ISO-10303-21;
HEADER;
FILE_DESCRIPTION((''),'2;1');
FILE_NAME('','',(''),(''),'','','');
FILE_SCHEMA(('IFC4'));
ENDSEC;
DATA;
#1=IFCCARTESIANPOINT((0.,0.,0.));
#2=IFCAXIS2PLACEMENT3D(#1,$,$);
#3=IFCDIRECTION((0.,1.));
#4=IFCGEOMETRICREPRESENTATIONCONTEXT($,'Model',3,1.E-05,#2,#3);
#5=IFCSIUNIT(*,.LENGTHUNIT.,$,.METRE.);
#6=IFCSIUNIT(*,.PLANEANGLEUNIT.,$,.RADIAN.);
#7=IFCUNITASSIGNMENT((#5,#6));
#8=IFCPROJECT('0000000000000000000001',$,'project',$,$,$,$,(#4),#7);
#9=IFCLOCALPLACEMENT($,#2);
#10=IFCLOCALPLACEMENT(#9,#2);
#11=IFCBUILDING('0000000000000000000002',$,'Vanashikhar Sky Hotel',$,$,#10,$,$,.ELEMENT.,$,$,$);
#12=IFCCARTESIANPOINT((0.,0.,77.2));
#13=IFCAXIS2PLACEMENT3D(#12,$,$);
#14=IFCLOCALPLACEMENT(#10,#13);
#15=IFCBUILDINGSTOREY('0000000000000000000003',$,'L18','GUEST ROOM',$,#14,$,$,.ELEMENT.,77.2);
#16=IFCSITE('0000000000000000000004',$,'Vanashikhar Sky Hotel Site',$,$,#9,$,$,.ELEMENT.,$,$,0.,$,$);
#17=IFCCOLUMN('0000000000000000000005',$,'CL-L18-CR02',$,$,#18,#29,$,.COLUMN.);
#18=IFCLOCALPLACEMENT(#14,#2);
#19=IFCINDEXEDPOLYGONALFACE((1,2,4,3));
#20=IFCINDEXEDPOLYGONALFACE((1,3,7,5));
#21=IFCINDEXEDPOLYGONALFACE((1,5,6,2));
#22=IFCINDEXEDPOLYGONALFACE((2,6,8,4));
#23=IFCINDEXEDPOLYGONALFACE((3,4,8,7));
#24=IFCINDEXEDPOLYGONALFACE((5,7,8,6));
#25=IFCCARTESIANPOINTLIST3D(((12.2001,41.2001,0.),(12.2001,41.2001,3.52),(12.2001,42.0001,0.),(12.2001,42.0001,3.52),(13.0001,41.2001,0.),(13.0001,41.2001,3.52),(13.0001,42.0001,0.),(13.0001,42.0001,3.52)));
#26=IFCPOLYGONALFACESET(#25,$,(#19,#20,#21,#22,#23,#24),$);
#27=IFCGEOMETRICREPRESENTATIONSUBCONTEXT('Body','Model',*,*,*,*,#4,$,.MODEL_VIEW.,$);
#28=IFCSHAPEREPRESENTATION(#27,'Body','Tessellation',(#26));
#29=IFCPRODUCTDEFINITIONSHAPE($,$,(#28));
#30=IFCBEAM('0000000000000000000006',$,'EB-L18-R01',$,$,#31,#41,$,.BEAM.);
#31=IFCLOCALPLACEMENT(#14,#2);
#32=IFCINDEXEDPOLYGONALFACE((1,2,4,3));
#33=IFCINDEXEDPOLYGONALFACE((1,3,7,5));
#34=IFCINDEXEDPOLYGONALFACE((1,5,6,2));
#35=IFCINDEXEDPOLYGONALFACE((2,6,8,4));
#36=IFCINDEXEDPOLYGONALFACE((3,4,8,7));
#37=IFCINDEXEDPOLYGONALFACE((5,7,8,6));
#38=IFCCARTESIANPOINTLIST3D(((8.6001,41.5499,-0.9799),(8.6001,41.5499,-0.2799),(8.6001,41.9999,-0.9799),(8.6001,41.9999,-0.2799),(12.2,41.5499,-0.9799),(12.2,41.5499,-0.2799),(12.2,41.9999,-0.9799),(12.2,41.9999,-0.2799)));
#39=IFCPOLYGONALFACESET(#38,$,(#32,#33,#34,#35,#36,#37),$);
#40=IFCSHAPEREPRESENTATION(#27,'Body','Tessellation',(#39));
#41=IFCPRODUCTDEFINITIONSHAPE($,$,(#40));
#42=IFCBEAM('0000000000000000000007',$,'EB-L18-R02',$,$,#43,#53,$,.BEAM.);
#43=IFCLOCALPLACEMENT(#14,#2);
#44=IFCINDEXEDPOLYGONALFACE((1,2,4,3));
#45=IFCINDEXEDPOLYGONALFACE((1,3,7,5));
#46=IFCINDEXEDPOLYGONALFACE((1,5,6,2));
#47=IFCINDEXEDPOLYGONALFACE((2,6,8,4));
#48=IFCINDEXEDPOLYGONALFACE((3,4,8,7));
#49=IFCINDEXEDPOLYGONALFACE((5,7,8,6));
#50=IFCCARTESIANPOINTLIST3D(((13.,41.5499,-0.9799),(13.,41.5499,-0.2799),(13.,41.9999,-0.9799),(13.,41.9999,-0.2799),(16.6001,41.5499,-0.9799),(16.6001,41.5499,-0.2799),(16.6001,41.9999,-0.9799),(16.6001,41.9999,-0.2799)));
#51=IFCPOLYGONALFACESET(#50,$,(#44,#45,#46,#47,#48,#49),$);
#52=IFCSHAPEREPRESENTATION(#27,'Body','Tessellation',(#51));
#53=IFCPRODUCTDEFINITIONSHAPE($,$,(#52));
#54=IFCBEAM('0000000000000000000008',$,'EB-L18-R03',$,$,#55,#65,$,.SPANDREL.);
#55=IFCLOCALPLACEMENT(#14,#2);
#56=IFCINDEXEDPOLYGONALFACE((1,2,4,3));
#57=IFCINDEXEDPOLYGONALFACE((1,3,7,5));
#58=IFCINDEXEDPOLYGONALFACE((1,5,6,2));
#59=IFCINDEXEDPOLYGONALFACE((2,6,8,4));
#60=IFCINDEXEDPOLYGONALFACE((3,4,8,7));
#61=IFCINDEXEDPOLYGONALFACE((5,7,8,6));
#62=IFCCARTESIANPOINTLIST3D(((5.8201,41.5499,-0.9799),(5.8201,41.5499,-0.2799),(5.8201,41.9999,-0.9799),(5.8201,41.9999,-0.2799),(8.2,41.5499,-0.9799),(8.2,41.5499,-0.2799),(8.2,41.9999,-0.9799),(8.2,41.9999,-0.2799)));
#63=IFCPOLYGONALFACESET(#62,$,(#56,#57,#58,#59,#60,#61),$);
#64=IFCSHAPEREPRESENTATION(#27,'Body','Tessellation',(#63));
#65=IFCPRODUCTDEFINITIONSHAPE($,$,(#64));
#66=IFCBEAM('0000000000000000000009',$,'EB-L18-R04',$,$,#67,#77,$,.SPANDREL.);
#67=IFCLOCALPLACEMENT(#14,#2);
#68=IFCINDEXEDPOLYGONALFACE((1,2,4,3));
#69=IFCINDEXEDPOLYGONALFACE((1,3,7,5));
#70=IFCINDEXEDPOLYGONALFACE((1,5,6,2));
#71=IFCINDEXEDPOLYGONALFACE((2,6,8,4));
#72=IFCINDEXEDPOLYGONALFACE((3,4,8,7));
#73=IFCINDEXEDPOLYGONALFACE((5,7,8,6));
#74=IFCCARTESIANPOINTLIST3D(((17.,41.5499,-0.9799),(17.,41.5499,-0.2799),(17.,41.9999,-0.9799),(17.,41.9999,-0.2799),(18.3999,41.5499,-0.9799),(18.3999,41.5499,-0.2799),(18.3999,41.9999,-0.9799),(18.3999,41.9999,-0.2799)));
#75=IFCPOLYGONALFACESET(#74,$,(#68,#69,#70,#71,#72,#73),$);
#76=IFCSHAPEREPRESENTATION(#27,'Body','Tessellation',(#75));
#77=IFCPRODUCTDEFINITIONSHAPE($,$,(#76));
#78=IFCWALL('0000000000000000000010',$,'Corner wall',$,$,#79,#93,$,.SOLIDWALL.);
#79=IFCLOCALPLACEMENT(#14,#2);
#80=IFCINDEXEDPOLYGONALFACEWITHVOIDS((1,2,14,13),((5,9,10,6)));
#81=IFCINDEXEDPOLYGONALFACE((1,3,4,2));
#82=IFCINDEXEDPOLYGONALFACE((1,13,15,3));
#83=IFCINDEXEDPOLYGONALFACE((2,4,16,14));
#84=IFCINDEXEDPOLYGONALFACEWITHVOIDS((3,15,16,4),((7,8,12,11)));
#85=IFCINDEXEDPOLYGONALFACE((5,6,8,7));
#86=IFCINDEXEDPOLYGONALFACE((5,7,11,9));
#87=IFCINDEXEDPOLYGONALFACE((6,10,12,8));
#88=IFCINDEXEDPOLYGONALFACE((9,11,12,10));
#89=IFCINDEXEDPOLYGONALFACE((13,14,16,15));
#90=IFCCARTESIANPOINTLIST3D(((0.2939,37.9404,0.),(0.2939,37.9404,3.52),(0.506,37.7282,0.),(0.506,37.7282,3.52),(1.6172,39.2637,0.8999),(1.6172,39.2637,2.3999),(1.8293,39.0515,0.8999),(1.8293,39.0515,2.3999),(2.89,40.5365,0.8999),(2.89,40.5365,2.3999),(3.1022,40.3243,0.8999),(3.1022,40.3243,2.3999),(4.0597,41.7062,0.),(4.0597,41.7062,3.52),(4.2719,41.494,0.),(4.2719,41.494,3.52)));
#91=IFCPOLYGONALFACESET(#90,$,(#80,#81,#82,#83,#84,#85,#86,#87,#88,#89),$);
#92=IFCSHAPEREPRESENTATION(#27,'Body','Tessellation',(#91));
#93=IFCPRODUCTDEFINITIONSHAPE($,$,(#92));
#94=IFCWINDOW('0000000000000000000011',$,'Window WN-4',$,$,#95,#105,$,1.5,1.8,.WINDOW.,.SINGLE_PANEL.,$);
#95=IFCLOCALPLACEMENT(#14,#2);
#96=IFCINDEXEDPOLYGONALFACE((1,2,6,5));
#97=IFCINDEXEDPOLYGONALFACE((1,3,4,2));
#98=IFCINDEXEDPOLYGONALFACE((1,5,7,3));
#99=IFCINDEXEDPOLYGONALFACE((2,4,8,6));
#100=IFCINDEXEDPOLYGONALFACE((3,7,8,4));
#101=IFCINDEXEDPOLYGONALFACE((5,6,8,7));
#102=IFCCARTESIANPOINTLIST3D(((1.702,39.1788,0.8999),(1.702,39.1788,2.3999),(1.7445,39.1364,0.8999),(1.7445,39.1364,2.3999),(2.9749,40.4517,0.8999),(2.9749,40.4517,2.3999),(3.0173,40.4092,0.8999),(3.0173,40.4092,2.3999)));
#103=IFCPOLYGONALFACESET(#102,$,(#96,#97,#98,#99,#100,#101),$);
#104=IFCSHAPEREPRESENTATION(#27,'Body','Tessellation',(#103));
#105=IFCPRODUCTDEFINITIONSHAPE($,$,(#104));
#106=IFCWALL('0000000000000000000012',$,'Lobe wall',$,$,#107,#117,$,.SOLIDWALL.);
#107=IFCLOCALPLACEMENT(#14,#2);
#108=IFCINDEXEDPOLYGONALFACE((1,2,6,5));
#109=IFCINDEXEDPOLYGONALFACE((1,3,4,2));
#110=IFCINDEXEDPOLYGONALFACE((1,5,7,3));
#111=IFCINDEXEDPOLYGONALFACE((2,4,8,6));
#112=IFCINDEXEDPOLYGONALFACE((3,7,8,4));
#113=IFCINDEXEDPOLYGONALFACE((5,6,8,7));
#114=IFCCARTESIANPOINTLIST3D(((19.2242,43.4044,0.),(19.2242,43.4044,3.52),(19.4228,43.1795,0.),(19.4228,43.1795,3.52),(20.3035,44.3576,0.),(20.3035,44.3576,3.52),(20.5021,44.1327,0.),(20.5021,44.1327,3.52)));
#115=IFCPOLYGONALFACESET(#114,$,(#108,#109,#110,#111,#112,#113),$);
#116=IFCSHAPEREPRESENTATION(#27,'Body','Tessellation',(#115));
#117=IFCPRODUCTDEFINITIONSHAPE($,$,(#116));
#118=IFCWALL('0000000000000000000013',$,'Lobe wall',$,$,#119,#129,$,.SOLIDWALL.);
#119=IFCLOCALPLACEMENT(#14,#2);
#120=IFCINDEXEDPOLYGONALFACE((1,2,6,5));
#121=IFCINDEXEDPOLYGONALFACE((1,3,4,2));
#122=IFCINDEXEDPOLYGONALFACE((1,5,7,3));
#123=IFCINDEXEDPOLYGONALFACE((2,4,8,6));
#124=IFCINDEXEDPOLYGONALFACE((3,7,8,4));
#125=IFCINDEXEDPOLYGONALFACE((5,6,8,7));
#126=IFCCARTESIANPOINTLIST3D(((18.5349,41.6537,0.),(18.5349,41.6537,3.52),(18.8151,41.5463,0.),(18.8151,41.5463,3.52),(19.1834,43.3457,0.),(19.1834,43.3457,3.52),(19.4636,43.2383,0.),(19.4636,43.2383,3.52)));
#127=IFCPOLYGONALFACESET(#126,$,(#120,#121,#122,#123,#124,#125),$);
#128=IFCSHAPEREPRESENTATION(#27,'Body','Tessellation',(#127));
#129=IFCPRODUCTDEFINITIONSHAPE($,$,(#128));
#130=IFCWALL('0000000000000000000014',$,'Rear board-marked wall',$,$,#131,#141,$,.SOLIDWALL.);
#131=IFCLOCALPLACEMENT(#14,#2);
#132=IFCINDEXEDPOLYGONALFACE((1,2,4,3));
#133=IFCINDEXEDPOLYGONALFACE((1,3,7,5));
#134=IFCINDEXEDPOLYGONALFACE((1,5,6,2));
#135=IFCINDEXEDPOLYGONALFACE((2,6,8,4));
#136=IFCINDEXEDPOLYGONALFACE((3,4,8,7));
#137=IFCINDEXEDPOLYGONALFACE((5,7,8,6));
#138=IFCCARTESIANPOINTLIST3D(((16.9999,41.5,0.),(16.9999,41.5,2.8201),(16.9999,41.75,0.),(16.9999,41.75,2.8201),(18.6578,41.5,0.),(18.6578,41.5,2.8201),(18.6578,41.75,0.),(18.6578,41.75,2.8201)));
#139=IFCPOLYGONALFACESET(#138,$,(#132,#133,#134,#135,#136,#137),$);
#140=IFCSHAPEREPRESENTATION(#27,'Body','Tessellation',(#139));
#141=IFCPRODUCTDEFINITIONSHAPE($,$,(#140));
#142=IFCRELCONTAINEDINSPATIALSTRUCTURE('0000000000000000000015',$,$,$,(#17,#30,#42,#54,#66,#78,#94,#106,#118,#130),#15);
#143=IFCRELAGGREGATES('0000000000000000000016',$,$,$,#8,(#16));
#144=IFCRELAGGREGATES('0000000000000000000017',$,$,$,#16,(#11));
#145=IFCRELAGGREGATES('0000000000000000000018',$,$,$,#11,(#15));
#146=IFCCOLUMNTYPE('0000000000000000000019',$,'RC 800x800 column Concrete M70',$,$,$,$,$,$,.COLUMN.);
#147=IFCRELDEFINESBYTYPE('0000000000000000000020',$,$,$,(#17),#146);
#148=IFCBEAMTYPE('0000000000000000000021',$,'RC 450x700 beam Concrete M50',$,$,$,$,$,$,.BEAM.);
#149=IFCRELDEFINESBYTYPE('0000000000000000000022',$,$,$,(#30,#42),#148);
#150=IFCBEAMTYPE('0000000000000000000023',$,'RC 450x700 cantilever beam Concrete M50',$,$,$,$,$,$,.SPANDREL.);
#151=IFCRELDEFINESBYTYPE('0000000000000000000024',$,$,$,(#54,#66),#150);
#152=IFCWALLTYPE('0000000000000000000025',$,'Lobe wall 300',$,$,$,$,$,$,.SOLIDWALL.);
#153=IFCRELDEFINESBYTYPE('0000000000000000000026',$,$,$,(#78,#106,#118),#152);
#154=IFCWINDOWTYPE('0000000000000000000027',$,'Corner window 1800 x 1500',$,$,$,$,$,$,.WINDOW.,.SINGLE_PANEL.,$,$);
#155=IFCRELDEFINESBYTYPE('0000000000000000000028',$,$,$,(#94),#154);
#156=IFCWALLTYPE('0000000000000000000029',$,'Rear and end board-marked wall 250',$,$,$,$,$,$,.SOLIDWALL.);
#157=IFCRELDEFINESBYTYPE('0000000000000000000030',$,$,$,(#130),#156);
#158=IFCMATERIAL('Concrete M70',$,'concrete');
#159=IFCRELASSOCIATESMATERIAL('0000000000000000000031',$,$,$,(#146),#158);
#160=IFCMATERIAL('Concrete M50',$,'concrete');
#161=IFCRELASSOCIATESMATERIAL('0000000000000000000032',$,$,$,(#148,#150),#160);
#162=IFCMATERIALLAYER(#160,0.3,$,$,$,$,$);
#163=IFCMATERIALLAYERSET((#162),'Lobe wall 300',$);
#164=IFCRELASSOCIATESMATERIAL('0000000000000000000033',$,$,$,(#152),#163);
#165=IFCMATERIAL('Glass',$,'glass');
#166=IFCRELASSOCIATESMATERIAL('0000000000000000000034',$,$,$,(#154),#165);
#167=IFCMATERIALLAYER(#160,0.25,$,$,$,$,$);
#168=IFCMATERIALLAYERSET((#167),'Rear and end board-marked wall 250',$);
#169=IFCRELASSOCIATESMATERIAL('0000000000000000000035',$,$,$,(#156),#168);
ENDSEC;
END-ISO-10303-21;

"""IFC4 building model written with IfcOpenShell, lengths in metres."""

from ifc_helpers import new_model, si_unit, direction, frame, frame_2d, origin, origin_2d, place, context, subcontext, project, spatial, rectangle, extrude, source, transform, mapped, material, layer, layer_set, material_profile, profile_set, type_object, element, fill, save


model = new_model("IFC4")

# Units and contexts
model_context = context("Model", 3, precision=1e-05, world=origin(), true_north=direction((0.0, 1.0)))
body_context = subcontext(model_context, "Body", "Model", "MODEL_VIEW")
ifc_project = project(units=[si_unit("LENGTHUNIT", "METRE"), si_unit("PLANEANGLEUNIT", "RADIAN")], contexts=[model_context])

# Site, building, storey
site_placement = place(None, origin())
site = spatial("IfcSite", under=ifc_project, at=site_placement, Name="Vanashikhar Sky Hotel Site", CompositionType="ELEMENT", RefElevation=0.0)
building_placement = place(site_placement, origin())
building = spatial("IfcBuilding", under=site, at=building_placement, Name="Vanashikhar Sky Hotel", CompositionType="ELEMENT")
storey_placement = place(building_placement, frame((0.0, 0.0, 77.2)))
storey = spatial("IfcBuildingStorey", under=building, at=storey_placement, Name="L18", Description="GUEST ROOM", CompositionType="ELEMENT", Elevation=77.2)

# Column
ifc_material_1 = material(Name="Concrete M70", Category="concrete")
ifc_material_profile_1 = material_profile(ifc_material_1, rectangle(XDim=0.8, YDim=0.8, at=origin_2d()))
ifc_profile_set_1 = profile_set([ifc_material_profile_1], Name="RC 800x800 column Concrete M70")
column_type = type_object("IfcColumnType", Name="RC 800x800 column Concrete M70", PredefinedType="COLUMN", material=ifc_profile_set_1)
shared_shape_1 = source(origin(), body_context, "Body", "SweptSolid", [
    extrude(rectangle(XDim=0.8, YDim=0.8, at=origin_2d()), origin(), (0.0, 0.0, 1.0), 3.52),
])
column_placement = place(storey_placement, frame((12.6001, 41.6001, 0.0), z_axis=(0.0, 0.0, 1.0), x_axis=(1.0, 0.0, 0.0)))
element("IfcColumn", 1, at=column_placement, inside=storey, type_object=column_type, Name="CL-L18-CR02", PredefinedType="COLUMN", context=body_context, shape_type="MappedRepresentation", body=[
    mapped(shared_shape_1, transform((0.0, 0.0, 0.0), scale=1.0)),
])

# Beams
ifc_material_2 = material(Name="Concrete M50", Category="concrete")
ifc_material_profile_2 = material_profile(ifc_material_2, rectangle(XDim=0.45, YDim=0.7, at=origin_2d()))
ifc_profile_set_2 = profile_set([ifc_material_profile_2], Name="RC 450x700 beam Concrete M50")
beam_type_1 = type_object("IfcBeamType", Name="RC 450x700 beam Concrete M50", PredefinedType="BEAM", material=ifc_profile_set_2)
shared_shape_2 = source(origin(), body_context, "Body", "SweptSolid", [
    extrude(rectangle(XDim=0.45, YDim=0.7, at=origin_2d()), origin(), (0.0, 0.0, 1.0), 3.5999),
])
beam_1_placement = place(storey_placement, frame((8.6001, 41.7749, -0.6299), z_axis=(1.0, 0.0, 0.0), x_axis=(0.0, 1.0, 0.0)))
element("IfcBeam", 2, at=beam_1_placement, inside=storey, type_object=beam_type_1, Name="EB-L18-R01", PredefinedType="BEAM", context=body_context, shape_type="MappedRepresentation", body=[
    mapped(shared_shape_2, transform((0.0, 0.0, 0.0), scale=1.0)),
])
shared_shape_3 = source(origin(), body_context, "Body", "SweptSolid", [
    extrude(rectangle(XDim=0.45, YDim=0.7, at=origin_2d()), origin(), (0.0, 0.0, 1.0), 3.6001),
])
beam_2_placement = place(storey_placement, frame((13.0, 41.7749, -0.6299), z_axis=(1.0, 0.0, 0.0), x_axis=(0.0, 1.0, 0.0)))
element("IfcBeam", 3, at=beam_2_placement, inside=storey, type_object=beam_type_1, Name="EB-L18-R02", PredefinedType="BEAM", context=body_context, shape_type="MappedRepresentation", body=[
    mapped(shared_shape_3, transform((0.0, 0.0, 0.0), scale=1.0)),
])
ifc_material_profile_3 = material_profile(ifc_material_2, rectangle(XDim=0.45, YDim=0.7, at=origin_2d()))
ifc_profile_set_3 = profile_set([ifc_material_profile_3], Name="RC 450x700 cantilever beam Concrete M50")
beam_type_2 = type_object("IfcBeamType", Name="RC 450x700 cantilever beam Concrete M50", PredefinedType="SPANDREL", material=ifc_profile_set_3)
shared_shape_4 = source(origin(), body_context, "Body", "SweptSolid", [
    extrude(rectangle(XDim=0.45, YDim=0.7, at=origin_2d()), origin(), (0.0, 0.0, 1.0), 2.3799),
])
beam_3_placement = place(storey_placement, frame((5.8201, 41.7749, -0.6299), z_axis=(1.0, 0.0, 0.0), x_axis=(0.0, 1.0, 0.0)))
element("IfcBeam", 4, at=beam_3_placement, inside=storey, type_object=beam_type_2, Name="EB-L18-R03", PredefinedType="SPANDREL", context=body_context, shape_type="MappedRepresentation", body=[
    mapped(shared_shape_4, transform((0.0, 0.0, 0.0), scale=1.0)),
])
shared_shape_5 = source(origin(), body_context, "Body", "SweptSolid", [
    extrude(rectangle(XDim=0.45, YDim=0.7, at=origin_2d()), origin(), (0.0, 0.0, 1.0), 1.3999),
])
beam_4_placement = place(storey_placement, frame((17.0, 41.7749, -0.6299), z_axis=(1.0, 0.0, 0.0), x_axis=(0.0, 1.0, 0.0)))
element("IfcBeam", 5, at=beam_4_placement, inside=storey, type_object=beam_type_2, Name="EB-L18-R04", PredefinedType="SPANDREL", context=body_context, shape_type="MappedRepresentation", body=[
    mapped(shared_shape_5, transform((0.0, 0.0, 0.0), scale=1.0)),
])

# Wall, opening, window
ifc_layer_1 = layer(ifc_material_2, 0.3)
ifc_layer_set_1 = layer_set([ifc_layer_1], Name="Lobe wall 300")
wall_type_1 = type_object("IfcWallType", Name="Lobe wall 300", PredefinedType="SOLIDWALL", material=ifc_layer_set_1)
shared_shape_6 = source(origin(), body_context, "Body", "SweptSolid", [
    extrude(rectangle(XDim=5.3257, YDim=0.3, at=frame_2d((2.6628, 0.0))), origin(), (0.0, 0.0, 1.0), 3.52),
])
wall_1_placement = place(storey_placement, frame((4.1658, 41.6001, 0.0), z_axis=(0.0, 0.0, 1.0), x_axis=(-0.707107, -0.707107, 0.0)))
wall_1 = element("IfcWall", 6, at=wall_1_placement, inside=storey, type_object=wall_type_1, Name="Corner wall", PredefinedType="SOLIDWALL", context=body_context, shape_type="MappedRepresentation", body=[
    mapped(shared_shape_6, transform((0.0, 0.0, 0.0), scale=1.0)),
])
shared_shape_7 = source(origin(), body_context, "Body", "SweptSolid", [
    extrude(rectangle(XDim=1.8, YDim=1.5, at=frame_2d((0.8999, 0.75))), frame((0.0, 0.1602, 0.0), z_axis=(0.0, -1.0, 0.0), x_axis=(1.0, 0.0, 0.0)), (0.0, 0.0, 1.0), 0.3201),
])
opening_1_placement = place(wall_1_placement, frame((1.6543, 0.0, 0.8999)))
opening_1 = element("IfcOpeningElement", 7, at=opening_1_placement, cuts=wall_1, PredefinedType="OPENING", context=body_context, shape_type="MappedRepresentation", body=[
    mapped(shared_shape_7, transform((0.0, 0.0, 0.0), scale=1.0)),
])
ifc_material_3 = material(Name="Glass", Category="glass")
window_type_1 = type_object("IfcWindowType", Name="Corner window 1800 x 1500", PartitioningType="SINGLE_PANEL", PredefinedType="WINDOW", material=ifc_material_3)
shared_shape_8 = source(origin(), body_context, "Body", "SweptSolid", [
    extrude(rectangle(XDim=1.8, YDim=1.5, at=frame_2d((0.8999, 0.75))), frame((0.0, 0.03, 0.0), z_axis=(0.0, -1.0, 0.0), x_axis=(1.0, 0.0, 0.0)), (0.0, 0.0, 1.0), 0.0601),
])
window_1_placement = place(opening_1_placement, origin())
window_1 = element("IfcWindow", 8, at=window_1_placement, inside=storey, type_object=window_type_1, Name="Window WN-4", OverallHeight=1.5, OverallWidth=1.8, PartitioningType="SINGLE_PANEL", PredefinedType="WINDOW", context=body_context, shape_type="MappedRepresentation", body=[
    mapped(shared_shape_8, transform((0.0, 0.0, 0.0), scale=1.0)),
])
fill(opening_1, window_1)

# Walls
shared_shape_9 = source(origin(), body_context, "Body", "SweptSolid", [
    extrude(rectangle(XDim=1.4399, YDim=0.3, at=frame_2d((0.72, 0.0))), origin(), (0.0, 0.0, 1.0), 3.52),
])
wall_2_placement = place(storey_placement, frame((20.4028, 44.2451, 0.0), z_axis=(0.0, 0.0, 1.0), x_axis=(-0.749576, -0.661919, 0.0)))
element("IfcWall", 9, at=wall_2_placement, inside=storey, type_object=wall_type_1, Name="Lobe wall", PredefinedType="SOLIDWALL", context=body_context, shape_type="MappedRepresentation", body=[
    mapped(shared_shape_9, transform((0.0, 0.0, 0.0), scale=1.0)),
])
shared_shape_10 = source(origin(), body_context, "Body", "SweptSolid", [
    extrude(rectangle(XDim=1.812, YDim=0.3, at=frame_2d((0.906, 0.0))), origin(), (0.0, 0.0, 1.0), 3.52),
])
wall_3_placement = place(storey_placement, frame((19.3235, 43.292, 0.0), z_axis=(0.0, 0.0, 1.0), x_axis=(-0.357877, -0.933769, 0.0)))
element("IfcWall", 10, at=wall_3_placement, inside=storey, type_object=wall_type_1, Name="Lobe wall", PredefinedType="SOLIDWALL", context=body_context, shape_type="MappedRepresentation", body=[
    mapped(shared_shape_10, transform((0.0, 0.0, 0.0), scale=1.0)),
])
ifc_layer_2 = layer(ifc_material_2, 0.25)
ifc_layer_set_2 = layer_set([ifc_layer_2], Name="Rear and end board-marked wall 250")
wall_type_2 = type_object("IfcWallType", Name="Rear and end board-marked wall 250", PredefinedType="SOLIDWALL", material=ifc_layer_set_2)
shared_shape_11 = source(origin(), body_context, "Body", "SweptSolid", [
    extrude(rectangle(XDim=1.658, YDim=0.25, at=frame_2d((0.8291, 0.0))), origin(), (0.0, 0.0, 1.0), 2.8201),
])
wall_4_placement = place(storey_placement, frame((18.658, 41.625, 0.0), z_axis=(0.0, 0.0, 1.0), x_axis=(-1.0, 0.0, 0.0)))
element("IfcWall", 11, at=wall_4_placement, inside=storey, type_object=wall_type_2, Name="Rear board-marked wall", PredefinedType="SOLIDWALL", context=body_context, shape_type="MappedRepresentation", body=[
    mapped(shared_shape_11, transform((0.0, 0.0, 0.0), scale=1.0)),
])

save(model, "model.ifc")
